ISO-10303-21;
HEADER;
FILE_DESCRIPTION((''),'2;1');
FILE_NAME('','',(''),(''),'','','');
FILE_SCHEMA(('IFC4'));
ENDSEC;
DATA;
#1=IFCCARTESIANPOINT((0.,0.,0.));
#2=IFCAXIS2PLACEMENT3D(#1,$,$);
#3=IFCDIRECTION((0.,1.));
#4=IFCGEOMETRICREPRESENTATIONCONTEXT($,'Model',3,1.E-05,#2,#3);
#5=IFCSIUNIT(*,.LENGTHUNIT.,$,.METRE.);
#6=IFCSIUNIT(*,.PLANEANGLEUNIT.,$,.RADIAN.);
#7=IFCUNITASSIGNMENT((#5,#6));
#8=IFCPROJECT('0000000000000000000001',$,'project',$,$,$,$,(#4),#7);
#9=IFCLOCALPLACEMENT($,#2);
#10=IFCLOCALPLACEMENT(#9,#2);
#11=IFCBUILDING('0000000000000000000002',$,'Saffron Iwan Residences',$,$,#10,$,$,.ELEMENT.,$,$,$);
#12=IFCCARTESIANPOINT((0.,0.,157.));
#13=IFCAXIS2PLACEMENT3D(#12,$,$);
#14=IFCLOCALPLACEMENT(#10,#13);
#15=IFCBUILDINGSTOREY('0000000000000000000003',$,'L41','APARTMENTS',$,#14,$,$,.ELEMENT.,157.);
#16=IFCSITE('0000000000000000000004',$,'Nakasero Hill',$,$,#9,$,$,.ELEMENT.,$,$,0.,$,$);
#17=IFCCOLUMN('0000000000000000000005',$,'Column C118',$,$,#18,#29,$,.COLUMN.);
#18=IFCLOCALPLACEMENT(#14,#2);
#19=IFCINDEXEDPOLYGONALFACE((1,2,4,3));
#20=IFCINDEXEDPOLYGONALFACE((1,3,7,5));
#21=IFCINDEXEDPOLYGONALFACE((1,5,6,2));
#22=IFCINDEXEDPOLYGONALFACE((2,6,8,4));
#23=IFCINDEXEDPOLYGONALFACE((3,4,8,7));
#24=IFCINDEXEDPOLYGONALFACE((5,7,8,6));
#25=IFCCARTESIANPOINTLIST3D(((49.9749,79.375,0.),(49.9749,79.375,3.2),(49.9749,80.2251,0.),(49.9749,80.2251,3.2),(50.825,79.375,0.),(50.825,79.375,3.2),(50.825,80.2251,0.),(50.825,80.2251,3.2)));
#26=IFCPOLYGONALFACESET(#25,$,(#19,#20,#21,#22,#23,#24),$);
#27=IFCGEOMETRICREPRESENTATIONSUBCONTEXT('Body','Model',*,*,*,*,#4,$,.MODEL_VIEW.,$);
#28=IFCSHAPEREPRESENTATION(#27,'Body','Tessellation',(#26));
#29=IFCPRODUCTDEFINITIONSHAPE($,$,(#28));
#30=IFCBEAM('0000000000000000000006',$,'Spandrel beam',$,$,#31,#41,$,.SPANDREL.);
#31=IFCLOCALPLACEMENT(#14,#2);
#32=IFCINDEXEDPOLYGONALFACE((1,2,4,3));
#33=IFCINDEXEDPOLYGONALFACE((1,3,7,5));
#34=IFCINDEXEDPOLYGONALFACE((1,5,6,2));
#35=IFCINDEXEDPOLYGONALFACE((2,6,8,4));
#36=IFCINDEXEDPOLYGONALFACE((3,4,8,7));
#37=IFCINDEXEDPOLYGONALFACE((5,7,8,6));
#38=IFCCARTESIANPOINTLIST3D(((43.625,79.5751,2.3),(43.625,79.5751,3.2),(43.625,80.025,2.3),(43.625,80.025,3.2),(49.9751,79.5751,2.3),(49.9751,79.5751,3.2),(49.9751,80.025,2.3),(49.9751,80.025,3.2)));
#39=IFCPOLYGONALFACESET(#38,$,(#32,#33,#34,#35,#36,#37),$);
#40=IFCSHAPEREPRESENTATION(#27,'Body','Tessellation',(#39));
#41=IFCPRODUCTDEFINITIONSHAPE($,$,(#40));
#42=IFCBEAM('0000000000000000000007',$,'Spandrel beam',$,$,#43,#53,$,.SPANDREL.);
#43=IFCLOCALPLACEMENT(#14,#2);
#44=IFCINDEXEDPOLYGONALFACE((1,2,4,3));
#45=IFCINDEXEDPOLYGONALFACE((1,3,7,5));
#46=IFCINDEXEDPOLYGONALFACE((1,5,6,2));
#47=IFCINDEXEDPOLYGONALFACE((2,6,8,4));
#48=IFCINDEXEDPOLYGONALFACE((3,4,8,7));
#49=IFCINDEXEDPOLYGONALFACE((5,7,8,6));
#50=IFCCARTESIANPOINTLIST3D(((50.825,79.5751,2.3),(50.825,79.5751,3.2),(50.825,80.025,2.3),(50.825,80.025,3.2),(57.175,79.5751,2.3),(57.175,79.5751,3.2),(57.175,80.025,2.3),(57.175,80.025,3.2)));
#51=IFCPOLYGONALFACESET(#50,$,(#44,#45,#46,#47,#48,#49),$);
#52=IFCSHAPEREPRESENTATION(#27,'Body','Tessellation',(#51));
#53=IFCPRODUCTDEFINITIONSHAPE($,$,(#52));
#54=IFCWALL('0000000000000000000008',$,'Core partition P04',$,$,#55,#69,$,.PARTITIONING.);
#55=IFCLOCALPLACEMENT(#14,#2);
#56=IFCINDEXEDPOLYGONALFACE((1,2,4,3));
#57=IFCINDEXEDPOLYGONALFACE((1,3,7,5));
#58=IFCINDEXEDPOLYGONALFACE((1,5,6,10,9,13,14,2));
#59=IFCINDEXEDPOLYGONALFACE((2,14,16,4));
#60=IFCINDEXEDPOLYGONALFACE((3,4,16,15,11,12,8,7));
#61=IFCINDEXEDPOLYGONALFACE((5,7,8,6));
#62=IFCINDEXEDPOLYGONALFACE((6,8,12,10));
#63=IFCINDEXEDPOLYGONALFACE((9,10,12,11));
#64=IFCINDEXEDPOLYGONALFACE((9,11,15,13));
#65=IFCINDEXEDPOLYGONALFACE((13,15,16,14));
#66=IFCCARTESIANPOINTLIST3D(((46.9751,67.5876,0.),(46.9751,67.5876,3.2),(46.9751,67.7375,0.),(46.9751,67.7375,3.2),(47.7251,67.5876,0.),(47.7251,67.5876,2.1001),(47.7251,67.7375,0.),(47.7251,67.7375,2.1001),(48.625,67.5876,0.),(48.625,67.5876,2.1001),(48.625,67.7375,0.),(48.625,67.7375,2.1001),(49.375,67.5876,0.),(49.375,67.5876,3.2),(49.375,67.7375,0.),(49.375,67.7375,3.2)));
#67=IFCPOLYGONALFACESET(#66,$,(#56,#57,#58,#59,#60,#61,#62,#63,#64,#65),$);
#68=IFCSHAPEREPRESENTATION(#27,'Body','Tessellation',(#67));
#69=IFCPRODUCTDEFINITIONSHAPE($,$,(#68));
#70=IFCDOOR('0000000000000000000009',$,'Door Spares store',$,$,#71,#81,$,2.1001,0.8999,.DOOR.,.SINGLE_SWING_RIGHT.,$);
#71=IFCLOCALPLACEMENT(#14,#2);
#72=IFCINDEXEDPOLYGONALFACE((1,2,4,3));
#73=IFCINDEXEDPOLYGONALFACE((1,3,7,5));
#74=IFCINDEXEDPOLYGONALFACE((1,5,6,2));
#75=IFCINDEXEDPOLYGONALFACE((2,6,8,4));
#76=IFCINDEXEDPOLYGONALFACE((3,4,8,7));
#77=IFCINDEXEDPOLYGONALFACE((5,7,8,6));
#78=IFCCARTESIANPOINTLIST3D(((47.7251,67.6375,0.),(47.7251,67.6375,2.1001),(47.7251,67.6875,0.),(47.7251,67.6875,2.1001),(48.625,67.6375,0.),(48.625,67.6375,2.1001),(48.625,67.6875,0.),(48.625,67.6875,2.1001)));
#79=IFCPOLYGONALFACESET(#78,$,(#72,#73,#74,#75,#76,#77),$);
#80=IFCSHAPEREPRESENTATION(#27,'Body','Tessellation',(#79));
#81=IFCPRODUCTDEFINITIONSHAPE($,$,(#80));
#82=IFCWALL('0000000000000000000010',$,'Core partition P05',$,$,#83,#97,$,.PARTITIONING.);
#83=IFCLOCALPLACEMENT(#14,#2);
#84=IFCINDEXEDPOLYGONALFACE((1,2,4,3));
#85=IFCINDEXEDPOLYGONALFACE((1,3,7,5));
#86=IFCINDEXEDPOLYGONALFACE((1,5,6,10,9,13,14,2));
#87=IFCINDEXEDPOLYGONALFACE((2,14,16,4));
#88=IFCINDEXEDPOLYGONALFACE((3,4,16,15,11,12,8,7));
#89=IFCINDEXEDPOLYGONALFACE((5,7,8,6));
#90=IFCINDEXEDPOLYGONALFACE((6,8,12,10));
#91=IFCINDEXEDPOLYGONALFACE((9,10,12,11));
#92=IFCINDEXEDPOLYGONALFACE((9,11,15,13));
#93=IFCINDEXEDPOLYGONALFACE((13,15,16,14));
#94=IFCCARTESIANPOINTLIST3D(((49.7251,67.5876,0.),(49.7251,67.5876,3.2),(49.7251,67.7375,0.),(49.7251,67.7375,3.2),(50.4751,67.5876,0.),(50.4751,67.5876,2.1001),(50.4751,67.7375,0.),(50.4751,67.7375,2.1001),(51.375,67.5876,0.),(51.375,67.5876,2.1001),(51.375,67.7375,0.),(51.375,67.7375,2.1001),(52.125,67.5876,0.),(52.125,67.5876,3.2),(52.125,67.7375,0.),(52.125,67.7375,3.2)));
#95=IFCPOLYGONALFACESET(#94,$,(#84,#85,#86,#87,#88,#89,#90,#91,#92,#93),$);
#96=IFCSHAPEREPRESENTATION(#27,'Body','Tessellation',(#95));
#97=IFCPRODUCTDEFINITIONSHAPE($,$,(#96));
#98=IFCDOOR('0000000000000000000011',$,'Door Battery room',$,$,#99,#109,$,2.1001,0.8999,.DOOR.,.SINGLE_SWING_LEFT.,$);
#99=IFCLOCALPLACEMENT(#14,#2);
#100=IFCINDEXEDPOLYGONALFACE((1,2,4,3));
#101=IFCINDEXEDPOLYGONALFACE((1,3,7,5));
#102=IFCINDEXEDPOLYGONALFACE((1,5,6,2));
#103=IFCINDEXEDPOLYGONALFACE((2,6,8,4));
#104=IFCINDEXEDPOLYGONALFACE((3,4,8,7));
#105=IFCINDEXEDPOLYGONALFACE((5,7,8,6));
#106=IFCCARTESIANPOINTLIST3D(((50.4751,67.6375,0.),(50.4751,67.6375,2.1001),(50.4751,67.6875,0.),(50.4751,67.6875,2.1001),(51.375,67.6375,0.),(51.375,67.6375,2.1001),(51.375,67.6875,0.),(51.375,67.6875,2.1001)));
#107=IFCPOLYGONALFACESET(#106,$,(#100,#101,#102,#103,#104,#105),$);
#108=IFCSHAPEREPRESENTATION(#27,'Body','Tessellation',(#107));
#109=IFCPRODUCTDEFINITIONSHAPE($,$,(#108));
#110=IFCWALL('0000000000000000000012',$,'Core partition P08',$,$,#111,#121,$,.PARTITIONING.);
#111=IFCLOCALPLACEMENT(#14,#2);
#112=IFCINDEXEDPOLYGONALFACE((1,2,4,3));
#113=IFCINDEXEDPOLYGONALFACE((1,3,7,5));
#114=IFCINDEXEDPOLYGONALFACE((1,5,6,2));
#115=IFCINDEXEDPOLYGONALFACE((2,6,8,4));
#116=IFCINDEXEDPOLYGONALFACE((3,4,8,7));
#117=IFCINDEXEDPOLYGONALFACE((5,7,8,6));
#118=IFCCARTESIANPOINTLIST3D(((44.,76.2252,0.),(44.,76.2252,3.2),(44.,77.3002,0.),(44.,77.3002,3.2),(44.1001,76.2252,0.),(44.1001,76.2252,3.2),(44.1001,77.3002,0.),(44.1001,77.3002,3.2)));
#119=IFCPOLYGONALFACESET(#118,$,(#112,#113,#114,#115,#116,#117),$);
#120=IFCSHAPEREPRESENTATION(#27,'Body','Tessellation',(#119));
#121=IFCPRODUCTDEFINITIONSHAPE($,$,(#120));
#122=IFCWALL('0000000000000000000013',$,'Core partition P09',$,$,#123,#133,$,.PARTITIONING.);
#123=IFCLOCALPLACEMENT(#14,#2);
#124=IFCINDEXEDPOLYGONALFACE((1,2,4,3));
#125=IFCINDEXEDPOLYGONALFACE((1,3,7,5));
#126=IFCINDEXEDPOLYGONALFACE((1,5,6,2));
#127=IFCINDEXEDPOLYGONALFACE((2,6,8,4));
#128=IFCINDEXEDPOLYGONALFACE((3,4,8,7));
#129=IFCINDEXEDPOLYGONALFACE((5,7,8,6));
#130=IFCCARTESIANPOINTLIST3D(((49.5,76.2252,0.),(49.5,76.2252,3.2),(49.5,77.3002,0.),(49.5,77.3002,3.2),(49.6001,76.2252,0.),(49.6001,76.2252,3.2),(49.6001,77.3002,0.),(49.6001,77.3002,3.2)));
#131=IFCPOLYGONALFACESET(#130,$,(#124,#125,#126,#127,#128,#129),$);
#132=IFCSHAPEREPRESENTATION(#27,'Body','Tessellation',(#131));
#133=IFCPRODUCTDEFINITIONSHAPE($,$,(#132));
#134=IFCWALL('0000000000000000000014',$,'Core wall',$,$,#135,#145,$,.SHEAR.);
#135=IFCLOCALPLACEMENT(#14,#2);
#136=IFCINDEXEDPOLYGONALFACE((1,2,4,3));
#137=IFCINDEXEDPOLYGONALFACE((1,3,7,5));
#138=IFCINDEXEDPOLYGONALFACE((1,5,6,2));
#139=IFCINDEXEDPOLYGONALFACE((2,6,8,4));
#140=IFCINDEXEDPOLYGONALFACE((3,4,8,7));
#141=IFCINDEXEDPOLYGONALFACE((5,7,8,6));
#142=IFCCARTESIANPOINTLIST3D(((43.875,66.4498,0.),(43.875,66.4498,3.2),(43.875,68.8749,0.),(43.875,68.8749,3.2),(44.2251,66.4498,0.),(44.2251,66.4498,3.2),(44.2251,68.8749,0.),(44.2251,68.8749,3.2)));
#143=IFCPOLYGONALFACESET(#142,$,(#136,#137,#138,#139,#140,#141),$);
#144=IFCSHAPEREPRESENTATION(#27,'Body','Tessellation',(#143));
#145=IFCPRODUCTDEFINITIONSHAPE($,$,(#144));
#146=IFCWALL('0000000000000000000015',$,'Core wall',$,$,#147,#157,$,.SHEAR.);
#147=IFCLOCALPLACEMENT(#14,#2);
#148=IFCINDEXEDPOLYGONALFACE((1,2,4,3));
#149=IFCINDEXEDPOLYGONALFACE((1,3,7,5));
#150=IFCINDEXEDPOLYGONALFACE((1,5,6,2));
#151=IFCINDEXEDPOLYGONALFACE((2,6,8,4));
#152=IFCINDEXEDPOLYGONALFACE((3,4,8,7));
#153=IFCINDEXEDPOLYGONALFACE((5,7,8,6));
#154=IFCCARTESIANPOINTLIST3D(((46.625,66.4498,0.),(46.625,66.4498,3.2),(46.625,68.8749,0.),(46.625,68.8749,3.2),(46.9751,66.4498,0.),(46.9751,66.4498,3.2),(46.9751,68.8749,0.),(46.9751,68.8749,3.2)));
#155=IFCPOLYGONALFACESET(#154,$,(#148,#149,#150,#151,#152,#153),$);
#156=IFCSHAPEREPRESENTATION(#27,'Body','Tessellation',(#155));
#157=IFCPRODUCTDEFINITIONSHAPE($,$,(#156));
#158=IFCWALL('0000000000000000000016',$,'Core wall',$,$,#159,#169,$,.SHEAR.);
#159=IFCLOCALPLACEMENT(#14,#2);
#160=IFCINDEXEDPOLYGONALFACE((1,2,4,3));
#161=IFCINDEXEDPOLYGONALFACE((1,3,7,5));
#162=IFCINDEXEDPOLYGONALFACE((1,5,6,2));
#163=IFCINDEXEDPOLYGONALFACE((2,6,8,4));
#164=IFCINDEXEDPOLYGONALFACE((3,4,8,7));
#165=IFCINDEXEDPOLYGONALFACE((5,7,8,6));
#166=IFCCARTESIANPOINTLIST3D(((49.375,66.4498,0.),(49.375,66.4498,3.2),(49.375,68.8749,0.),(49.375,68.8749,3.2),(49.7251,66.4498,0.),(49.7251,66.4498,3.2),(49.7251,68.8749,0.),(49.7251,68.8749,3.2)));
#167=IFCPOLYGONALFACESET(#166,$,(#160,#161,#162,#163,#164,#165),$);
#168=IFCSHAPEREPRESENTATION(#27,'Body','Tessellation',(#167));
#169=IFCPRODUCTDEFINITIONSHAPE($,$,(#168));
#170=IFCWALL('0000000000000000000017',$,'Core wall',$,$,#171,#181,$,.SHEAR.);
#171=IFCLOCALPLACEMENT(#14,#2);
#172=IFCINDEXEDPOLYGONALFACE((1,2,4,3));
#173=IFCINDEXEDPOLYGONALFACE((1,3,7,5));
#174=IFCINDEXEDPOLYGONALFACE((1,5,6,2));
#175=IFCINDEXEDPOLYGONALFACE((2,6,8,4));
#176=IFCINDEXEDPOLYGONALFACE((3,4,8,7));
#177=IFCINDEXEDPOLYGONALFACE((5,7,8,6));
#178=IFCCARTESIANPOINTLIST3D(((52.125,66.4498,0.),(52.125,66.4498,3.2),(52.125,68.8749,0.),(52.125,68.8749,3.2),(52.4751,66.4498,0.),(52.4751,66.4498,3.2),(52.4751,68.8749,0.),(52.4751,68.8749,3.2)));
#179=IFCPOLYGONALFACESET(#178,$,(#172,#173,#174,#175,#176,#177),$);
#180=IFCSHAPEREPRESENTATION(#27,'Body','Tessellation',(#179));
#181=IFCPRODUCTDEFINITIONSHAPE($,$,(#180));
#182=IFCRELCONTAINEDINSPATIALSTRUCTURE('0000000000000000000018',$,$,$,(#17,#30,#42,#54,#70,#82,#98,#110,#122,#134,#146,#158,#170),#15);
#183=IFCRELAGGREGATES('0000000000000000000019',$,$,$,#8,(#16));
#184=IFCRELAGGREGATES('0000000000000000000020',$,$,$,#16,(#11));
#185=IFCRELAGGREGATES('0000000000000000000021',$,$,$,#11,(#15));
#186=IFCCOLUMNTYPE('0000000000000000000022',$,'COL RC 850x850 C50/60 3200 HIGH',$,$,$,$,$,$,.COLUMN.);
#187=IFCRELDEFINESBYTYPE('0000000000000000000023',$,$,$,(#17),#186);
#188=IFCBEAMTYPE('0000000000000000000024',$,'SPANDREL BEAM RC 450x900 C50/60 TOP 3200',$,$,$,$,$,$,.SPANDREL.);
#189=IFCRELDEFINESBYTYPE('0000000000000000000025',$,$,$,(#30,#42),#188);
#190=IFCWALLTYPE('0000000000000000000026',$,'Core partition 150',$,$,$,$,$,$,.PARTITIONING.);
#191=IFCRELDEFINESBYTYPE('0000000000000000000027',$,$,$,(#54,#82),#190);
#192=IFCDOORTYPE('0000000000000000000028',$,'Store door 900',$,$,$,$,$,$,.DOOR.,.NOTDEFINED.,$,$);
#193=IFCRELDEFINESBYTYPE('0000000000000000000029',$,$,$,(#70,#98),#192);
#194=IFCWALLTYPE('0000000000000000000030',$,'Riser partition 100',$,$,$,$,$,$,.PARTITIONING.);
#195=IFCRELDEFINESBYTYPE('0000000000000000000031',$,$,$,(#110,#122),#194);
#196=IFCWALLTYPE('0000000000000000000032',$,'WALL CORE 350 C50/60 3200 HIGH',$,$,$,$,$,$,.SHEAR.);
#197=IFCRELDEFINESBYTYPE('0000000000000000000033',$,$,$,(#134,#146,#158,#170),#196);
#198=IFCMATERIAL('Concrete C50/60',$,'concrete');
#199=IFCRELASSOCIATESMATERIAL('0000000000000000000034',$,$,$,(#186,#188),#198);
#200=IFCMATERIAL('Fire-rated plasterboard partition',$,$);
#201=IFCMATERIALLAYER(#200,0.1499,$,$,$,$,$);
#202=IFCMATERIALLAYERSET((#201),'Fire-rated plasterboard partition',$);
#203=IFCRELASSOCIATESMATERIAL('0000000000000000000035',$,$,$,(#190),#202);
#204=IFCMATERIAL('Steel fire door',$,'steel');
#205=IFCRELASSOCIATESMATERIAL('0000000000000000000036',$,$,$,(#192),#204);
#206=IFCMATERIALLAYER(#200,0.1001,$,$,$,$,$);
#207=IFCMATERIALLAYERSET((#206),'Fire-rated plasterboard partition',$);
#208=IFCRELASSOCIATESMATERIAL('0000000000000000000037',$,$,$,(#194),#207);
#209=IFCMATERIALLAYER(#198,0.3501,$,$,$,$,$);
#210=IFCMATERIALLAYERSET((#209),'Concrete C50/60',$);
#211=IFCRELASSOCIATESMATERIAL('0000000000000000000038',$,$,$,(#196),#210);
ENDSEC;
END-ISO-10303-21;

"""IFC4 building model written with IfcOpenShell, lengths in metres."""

from ifc_helpers import new_model, si_unit, direction, frame, frame_2d, origin, origin_2d, place, context, subcontext, project, spatial, rectangle, extrude, source, transform, mapped, material, layer, layer_set, material_profile, profile_set, type_object, element, fill, save


model = new_model("IFC4")

# Units and contexts
model_context = context("Model", 3, precision=1e-05, world=origin(), true_north=direction((0.0, 1.0)))
body_context = subcontext(model_context, "Body", "Model", "MODEL_VIEW")
ifc_project = project(units=[si_unit("LENGTHUNIT", "METRE"), si_unit("PLANEANGLEUNIT", "RADIAN")], contexts=[model_context])

# Site, building, storey
site_placement = place(None, origin())
site = spatial("IfcSite", under=ifc_project, at=site_placement, Name="Nakasero Hill", CompositionType="ELEMENT", RefElevation=0.0)
building_placement = place(site_placement, origin())
building = spatial("IfcBuilding", under=site, at=building_placement, Name="Saffron Iwan Residences", CompositionType="ELEMENT")
storey_placement = place(building_placement, frame((0.0, 0.0, 157.0)))
storey = spatial("IfcBuildingStorey", under=building, at=storey_placement, Name="L41", Description="APARTMENTS", CompositionType="ELEMENT", Elevation=157.0)

# Column
ifc_material_1 = material(Name="Concrete C50/60", Category="concrete")
ifc_material_profile_1 = material_profile(ifc_material_1, rectangle(XDim=0.8501, YDim=0.8501, at=origin_2d()), Name="RC 850x850")
ifc_profile_set_1 = profile_set([ifc_material_profile_1], Name="Concrete C50/60")
column_type = type_object("IfcColumnType", Name="COL RC 850x850 C50/60 3200 HIGH", PredefinedType="COLUMN", material=ifc_profile_set_1)
shared_shape_1 = source(origin(), body_context, "Body", "SweptSolid", [
    extrude(rectangle(XDim=0.8501, YDim=0.8501, at=origin_2d()), origin(), (0.0, 0.0, 1.0), 3.2),
])
column_placement = place(storey_placement, frame((50.3999, 79.8, 0.0), z_axis=(0.0, 0.0, 1.0), x_axis=(1.0, 0.0, 0.0)))
element("IfcColumn", 1, at=column_placement, inside=storey, type_object=column_type, Name="Column C118", PredefinedType="COLUMN", context=body_context, shape_type="MappedRepresentation", body=[
    mapped(shared_shape_1, transform((0.0, 0.0, 0.0))),
])

# Beams
ifc_material_profile_2 = material_profile(ifc_material_1, rectangle(XDim=0.45, YDim=0.8999, at=origin_2d()), Name="RC 450x900")
ifc_profile_set_2 = profile_set([ifc_material_profile_2], Name="Concrete C50/60")
beam_type = type_object("IfcBeamType", Name="SPANDREL BEAM RC 450x900 C50/60 TOP 3200", PredefinedType="SPANDREL", material=ifc_profile_set_2)
shared_shape_2 = source(origin(), body_context, "Body", "SweptSolid", [
    extrude(rectangle(XDim=0.45, YDim=0.8999, at=origin_2d()), origin(), (0.0, 0.0, 1.0), 6.3501),
])
for number, where, z_axis, x_axis, name in (
    (2, (43.625, 79.8, 2.75), (1.0, 0.0, 0.0), (0.0, 1.0, 0.0), "Spandrel beam"),
    (3, (50.825, 79.8, 2.75), (1.0, 0.0, 0.0), (0.0, 1.0, 0.0), "Spandrel beam"),
):
    element("IfcBeam", number, at=place(storey_placement, frame(where, z_axis=z_axis, x_axis=x_axis)), inside=storey, type_object=beam_type, Name=name, PredefinedType="SPANDREL", context=body_context, shape_type="MappedRepresentation", body=[
        mapped(shared_shape_2, transform((0.0, 0.0, 0.0))),
    ])

# Walls, openings, doors
ifc_material_2 = material(Name="Fire-rated plasterboard partition")
ifc_layer_1 = layer(ifc_material_2, 0.1499)
ifc_layer_set_1 = layer_set([ifc_layer_1], Name="Fire-rated plasterboard partition")
wall_type_1 = type_object("IfcWallType", Name="Core partition 150", PredefinedType="PARTITIONING", material=ifc_layer_set_1)
wall_1_placement = place(storey_placement, frame((46.9751, 67.6626, 0.0), z_axis=(0.0, 0.0, 1.0), x_axis=(1.0, 0.0, 0.0)))
wall_1 = element("IfcWall", 4, at=wall_1_placement, inside=storey, type_object=wall_type_1, Name="Core partition P04", PredefinedType="PARTITIONING", context=body_context, shape_type="SweptSolid", body=[
    extrude(rectangle(XDim=2.3999, YDim=0.1499, at=frame_2d((1.2, 0.0))), origin(), (0.0, 0.0, 1.0), 3.2),
])
opening_1_placement = place(wall_1_placement, frame((0.75, 0.0, 0.0)))
opening_1 = element("IfcOpeningElement", 5, at=opening_1_placement, cuts=wall_1, PredefinedType="OPENING", context=body_context, shape_type="SweptSolid", body=[
    extrude(rectangle(XDim=0.8999, YDim=2.1001, at=frame_2d((0.45, 1.05))), frame((0.0, 0.085, 0.0), z_axis=(0.0, -1.0, 0.0), x_axis=(1.0, 0.0, 0.0)), (0.0, 0.0, 1.0), 0.1699),
])
ifc_material_3 = material(Name="Steel fire door", Category="steel")
door_type = type_object("IfcDoorType", Name="Store door 900", OperationType="NOTDEFINED", PredefinedType="DOOR", material=ifc_material_3)
door_1_placement = place(opening_1_placement, origin())
door_1 = element("IfcDoor", 6, at=door_1_placement, inside=storey, type_object=door_type, Name="Door Spares store", OperationType="SINGLE_SWING_RIGHT", OverallHeight=2.1001, OverallWidth=0.8999, PredefinedType="DOOR", context=body_context, shape_type="SweptSolid", body=[
    extrude(rectangle(XDim=0.8999, YDim=2.1001, at=frame_2d((0.45, 1.05))), frame((0.0, 0.0249, 0.0), z_axis=(0.0, -1.0, 0.0), x_axis=(1.0, 0.0, 0.0)), (0.0, 0.0, 1.0), 0.05),
])
fill(opening_1, door_1)
wall_2_placement = place(storey_placement, frame((49.7251, 67.6626, 0.0), z_axis=(0.0, 0.0, 1.0), x_axis=(1.0, 0.0, 0.0)))
wall_2 = element("IfcWall", 7, at=wall_2_placement, inside=storey, type_object=wall_type_1, Name="Core partition P05", PredefinedType="PARTITIONING", context=body_context, shape_type="SweptSolid", body=[
    extrude(rectangle(XDim=2.3999, YDim=0.1499, at=frame_2d((1.2, 0.0))), origin(), (0.0, 0.0, 1.0), 3.2),
])
opening_2_placement = place(wall_2_placement, frame((0.75, 0.0, 0.0)))
opening_2 = element("IfcOpeningElement", 8, at=opening_2_placement, cuts=wall_2, PredefinedType="OPENING", context=body_context, shape_type="SweptSolid", body=[
    extrude(rectangle(XDim=0.8999, YDim=2.1001, at=frame_2d((0.45, 1.05))), frame((0.0, 0.085, 0.0), z_axis=(0.0, -1.0, 0.0), x_axis=(1.0, 0.0, 0.0)), (0.0, 0.0, 1.0), 0.1699),
])
door_2_placement = place(opening_2_placement, origin())
door_2 = element("IfcDoor", 9, at=door_2_placement, inside=storey, type_object=door_type, Name="Door Battery room", OperationType="SINGLE_SWING_LEFT", OverallHeight=2.1001, OverallWidth=0.8999, PredefinedType="DOOR", context=body_context, shape_type="SweptSolid", body=[
    extrude(rectangle(XDim=0.8999, YDim=2.1001, at=frame_2d((0.45, 1.05))), frame((0.0, 0.0249, 0.0), z_axis=(0.0, -1.0, 0.0), x_axis=(1.0, 0.0, 0.0)), (0.0, 0.0, 1.0), 0.05),
])
fill(opening_2, door_2)

# Walls
ifc_layer_2 = layer(ifc_material_2, 0.1001)
ifc_layer_set_2 = layer_set([ifc_layer_2], Name="Fire-rated plasterboard partition")
wall_type_2 = type_object("IfcWallType", Name="Riser partition 100", PredefinedType="PARTITIONING", material=ifc_layer_set_2)
for number, where, z_axis, x_axis, name in (
    (10, (44.05, 76.2251, 0.0), (0.0, 0.0, 1.0), (0.0, 1.0, 0.0), "Core partition P08"),
    (11, (49.55, 76.2251, 0.0), (0.0, 0.0, 1.0), (0.0, 1.0, 0.0), "Core partition P09"),
):
    element("IfcWall", number, at=place(storey_placement, frame(where, z_axis=z_axis, x_axis=x_axis)), inside=storey, type_object=wall_type_2, Name=name, PredefinedType="PARTITIONING", context=body_context, shape_type="SweptSolid", body=[
        extrude(rectangle(XDim=1.075, YDim=0.1001, at=frame_2d((0.5376, 0.0))), origin(), (0.0, 0.0, 1.0), 3.2),
    ])
ifc_layer_3 = layer(ifc_material_1, 0.3501)
ifc_layer_set_3 = layer_set([ifc_layer_3], Name="Concrete C50/60")
wall_type_3 = type_object("IfcWallType", Name="WALL CORE 350 C50/60 3200 HIGH", PredefinedType="SHEAR", material=ifc_layer_set_3)
for number, where, z_axis, x_axis, name in (
    (12, (44.05, 66.45, 0.0), (0.0, 0.0, 1.0), (0.0, 1.0, 0.0), "Core wall"),
    (13, (46.8, 66.45, 0.0), (0.0, 0.0, 1.0), (0.0, 1.0, 0.0), "Core wall"),
    (14, (49.55, 66.45, 0.0), (0.0, 0.0, 1.0), (0.0, 1.0, 0.0), "Core wall"),
    (15, (52.3, 66.45, 0.0), (0.0, 0.0, 1.0), (0.0, 1.0, 0.0), "Core wall"),
):
    element("IfcWall", number, at=place(storey_placement, frame(where, z_axis=z_axis, x_axis=x_axis)), inside=storey, type_object=wall_type_3, Name=name, PredefinedType="SHEAR", context=body_context, shape_type="SweptSolid", body=[
        extrude(rectangle(XDim=2.425, YDim=0.3501, at=frame_2d((1.2124, 0.0))), origin(), (0.0, 0.0, 1.0), 3.2),
    ])

save(model, "model.ifc")
